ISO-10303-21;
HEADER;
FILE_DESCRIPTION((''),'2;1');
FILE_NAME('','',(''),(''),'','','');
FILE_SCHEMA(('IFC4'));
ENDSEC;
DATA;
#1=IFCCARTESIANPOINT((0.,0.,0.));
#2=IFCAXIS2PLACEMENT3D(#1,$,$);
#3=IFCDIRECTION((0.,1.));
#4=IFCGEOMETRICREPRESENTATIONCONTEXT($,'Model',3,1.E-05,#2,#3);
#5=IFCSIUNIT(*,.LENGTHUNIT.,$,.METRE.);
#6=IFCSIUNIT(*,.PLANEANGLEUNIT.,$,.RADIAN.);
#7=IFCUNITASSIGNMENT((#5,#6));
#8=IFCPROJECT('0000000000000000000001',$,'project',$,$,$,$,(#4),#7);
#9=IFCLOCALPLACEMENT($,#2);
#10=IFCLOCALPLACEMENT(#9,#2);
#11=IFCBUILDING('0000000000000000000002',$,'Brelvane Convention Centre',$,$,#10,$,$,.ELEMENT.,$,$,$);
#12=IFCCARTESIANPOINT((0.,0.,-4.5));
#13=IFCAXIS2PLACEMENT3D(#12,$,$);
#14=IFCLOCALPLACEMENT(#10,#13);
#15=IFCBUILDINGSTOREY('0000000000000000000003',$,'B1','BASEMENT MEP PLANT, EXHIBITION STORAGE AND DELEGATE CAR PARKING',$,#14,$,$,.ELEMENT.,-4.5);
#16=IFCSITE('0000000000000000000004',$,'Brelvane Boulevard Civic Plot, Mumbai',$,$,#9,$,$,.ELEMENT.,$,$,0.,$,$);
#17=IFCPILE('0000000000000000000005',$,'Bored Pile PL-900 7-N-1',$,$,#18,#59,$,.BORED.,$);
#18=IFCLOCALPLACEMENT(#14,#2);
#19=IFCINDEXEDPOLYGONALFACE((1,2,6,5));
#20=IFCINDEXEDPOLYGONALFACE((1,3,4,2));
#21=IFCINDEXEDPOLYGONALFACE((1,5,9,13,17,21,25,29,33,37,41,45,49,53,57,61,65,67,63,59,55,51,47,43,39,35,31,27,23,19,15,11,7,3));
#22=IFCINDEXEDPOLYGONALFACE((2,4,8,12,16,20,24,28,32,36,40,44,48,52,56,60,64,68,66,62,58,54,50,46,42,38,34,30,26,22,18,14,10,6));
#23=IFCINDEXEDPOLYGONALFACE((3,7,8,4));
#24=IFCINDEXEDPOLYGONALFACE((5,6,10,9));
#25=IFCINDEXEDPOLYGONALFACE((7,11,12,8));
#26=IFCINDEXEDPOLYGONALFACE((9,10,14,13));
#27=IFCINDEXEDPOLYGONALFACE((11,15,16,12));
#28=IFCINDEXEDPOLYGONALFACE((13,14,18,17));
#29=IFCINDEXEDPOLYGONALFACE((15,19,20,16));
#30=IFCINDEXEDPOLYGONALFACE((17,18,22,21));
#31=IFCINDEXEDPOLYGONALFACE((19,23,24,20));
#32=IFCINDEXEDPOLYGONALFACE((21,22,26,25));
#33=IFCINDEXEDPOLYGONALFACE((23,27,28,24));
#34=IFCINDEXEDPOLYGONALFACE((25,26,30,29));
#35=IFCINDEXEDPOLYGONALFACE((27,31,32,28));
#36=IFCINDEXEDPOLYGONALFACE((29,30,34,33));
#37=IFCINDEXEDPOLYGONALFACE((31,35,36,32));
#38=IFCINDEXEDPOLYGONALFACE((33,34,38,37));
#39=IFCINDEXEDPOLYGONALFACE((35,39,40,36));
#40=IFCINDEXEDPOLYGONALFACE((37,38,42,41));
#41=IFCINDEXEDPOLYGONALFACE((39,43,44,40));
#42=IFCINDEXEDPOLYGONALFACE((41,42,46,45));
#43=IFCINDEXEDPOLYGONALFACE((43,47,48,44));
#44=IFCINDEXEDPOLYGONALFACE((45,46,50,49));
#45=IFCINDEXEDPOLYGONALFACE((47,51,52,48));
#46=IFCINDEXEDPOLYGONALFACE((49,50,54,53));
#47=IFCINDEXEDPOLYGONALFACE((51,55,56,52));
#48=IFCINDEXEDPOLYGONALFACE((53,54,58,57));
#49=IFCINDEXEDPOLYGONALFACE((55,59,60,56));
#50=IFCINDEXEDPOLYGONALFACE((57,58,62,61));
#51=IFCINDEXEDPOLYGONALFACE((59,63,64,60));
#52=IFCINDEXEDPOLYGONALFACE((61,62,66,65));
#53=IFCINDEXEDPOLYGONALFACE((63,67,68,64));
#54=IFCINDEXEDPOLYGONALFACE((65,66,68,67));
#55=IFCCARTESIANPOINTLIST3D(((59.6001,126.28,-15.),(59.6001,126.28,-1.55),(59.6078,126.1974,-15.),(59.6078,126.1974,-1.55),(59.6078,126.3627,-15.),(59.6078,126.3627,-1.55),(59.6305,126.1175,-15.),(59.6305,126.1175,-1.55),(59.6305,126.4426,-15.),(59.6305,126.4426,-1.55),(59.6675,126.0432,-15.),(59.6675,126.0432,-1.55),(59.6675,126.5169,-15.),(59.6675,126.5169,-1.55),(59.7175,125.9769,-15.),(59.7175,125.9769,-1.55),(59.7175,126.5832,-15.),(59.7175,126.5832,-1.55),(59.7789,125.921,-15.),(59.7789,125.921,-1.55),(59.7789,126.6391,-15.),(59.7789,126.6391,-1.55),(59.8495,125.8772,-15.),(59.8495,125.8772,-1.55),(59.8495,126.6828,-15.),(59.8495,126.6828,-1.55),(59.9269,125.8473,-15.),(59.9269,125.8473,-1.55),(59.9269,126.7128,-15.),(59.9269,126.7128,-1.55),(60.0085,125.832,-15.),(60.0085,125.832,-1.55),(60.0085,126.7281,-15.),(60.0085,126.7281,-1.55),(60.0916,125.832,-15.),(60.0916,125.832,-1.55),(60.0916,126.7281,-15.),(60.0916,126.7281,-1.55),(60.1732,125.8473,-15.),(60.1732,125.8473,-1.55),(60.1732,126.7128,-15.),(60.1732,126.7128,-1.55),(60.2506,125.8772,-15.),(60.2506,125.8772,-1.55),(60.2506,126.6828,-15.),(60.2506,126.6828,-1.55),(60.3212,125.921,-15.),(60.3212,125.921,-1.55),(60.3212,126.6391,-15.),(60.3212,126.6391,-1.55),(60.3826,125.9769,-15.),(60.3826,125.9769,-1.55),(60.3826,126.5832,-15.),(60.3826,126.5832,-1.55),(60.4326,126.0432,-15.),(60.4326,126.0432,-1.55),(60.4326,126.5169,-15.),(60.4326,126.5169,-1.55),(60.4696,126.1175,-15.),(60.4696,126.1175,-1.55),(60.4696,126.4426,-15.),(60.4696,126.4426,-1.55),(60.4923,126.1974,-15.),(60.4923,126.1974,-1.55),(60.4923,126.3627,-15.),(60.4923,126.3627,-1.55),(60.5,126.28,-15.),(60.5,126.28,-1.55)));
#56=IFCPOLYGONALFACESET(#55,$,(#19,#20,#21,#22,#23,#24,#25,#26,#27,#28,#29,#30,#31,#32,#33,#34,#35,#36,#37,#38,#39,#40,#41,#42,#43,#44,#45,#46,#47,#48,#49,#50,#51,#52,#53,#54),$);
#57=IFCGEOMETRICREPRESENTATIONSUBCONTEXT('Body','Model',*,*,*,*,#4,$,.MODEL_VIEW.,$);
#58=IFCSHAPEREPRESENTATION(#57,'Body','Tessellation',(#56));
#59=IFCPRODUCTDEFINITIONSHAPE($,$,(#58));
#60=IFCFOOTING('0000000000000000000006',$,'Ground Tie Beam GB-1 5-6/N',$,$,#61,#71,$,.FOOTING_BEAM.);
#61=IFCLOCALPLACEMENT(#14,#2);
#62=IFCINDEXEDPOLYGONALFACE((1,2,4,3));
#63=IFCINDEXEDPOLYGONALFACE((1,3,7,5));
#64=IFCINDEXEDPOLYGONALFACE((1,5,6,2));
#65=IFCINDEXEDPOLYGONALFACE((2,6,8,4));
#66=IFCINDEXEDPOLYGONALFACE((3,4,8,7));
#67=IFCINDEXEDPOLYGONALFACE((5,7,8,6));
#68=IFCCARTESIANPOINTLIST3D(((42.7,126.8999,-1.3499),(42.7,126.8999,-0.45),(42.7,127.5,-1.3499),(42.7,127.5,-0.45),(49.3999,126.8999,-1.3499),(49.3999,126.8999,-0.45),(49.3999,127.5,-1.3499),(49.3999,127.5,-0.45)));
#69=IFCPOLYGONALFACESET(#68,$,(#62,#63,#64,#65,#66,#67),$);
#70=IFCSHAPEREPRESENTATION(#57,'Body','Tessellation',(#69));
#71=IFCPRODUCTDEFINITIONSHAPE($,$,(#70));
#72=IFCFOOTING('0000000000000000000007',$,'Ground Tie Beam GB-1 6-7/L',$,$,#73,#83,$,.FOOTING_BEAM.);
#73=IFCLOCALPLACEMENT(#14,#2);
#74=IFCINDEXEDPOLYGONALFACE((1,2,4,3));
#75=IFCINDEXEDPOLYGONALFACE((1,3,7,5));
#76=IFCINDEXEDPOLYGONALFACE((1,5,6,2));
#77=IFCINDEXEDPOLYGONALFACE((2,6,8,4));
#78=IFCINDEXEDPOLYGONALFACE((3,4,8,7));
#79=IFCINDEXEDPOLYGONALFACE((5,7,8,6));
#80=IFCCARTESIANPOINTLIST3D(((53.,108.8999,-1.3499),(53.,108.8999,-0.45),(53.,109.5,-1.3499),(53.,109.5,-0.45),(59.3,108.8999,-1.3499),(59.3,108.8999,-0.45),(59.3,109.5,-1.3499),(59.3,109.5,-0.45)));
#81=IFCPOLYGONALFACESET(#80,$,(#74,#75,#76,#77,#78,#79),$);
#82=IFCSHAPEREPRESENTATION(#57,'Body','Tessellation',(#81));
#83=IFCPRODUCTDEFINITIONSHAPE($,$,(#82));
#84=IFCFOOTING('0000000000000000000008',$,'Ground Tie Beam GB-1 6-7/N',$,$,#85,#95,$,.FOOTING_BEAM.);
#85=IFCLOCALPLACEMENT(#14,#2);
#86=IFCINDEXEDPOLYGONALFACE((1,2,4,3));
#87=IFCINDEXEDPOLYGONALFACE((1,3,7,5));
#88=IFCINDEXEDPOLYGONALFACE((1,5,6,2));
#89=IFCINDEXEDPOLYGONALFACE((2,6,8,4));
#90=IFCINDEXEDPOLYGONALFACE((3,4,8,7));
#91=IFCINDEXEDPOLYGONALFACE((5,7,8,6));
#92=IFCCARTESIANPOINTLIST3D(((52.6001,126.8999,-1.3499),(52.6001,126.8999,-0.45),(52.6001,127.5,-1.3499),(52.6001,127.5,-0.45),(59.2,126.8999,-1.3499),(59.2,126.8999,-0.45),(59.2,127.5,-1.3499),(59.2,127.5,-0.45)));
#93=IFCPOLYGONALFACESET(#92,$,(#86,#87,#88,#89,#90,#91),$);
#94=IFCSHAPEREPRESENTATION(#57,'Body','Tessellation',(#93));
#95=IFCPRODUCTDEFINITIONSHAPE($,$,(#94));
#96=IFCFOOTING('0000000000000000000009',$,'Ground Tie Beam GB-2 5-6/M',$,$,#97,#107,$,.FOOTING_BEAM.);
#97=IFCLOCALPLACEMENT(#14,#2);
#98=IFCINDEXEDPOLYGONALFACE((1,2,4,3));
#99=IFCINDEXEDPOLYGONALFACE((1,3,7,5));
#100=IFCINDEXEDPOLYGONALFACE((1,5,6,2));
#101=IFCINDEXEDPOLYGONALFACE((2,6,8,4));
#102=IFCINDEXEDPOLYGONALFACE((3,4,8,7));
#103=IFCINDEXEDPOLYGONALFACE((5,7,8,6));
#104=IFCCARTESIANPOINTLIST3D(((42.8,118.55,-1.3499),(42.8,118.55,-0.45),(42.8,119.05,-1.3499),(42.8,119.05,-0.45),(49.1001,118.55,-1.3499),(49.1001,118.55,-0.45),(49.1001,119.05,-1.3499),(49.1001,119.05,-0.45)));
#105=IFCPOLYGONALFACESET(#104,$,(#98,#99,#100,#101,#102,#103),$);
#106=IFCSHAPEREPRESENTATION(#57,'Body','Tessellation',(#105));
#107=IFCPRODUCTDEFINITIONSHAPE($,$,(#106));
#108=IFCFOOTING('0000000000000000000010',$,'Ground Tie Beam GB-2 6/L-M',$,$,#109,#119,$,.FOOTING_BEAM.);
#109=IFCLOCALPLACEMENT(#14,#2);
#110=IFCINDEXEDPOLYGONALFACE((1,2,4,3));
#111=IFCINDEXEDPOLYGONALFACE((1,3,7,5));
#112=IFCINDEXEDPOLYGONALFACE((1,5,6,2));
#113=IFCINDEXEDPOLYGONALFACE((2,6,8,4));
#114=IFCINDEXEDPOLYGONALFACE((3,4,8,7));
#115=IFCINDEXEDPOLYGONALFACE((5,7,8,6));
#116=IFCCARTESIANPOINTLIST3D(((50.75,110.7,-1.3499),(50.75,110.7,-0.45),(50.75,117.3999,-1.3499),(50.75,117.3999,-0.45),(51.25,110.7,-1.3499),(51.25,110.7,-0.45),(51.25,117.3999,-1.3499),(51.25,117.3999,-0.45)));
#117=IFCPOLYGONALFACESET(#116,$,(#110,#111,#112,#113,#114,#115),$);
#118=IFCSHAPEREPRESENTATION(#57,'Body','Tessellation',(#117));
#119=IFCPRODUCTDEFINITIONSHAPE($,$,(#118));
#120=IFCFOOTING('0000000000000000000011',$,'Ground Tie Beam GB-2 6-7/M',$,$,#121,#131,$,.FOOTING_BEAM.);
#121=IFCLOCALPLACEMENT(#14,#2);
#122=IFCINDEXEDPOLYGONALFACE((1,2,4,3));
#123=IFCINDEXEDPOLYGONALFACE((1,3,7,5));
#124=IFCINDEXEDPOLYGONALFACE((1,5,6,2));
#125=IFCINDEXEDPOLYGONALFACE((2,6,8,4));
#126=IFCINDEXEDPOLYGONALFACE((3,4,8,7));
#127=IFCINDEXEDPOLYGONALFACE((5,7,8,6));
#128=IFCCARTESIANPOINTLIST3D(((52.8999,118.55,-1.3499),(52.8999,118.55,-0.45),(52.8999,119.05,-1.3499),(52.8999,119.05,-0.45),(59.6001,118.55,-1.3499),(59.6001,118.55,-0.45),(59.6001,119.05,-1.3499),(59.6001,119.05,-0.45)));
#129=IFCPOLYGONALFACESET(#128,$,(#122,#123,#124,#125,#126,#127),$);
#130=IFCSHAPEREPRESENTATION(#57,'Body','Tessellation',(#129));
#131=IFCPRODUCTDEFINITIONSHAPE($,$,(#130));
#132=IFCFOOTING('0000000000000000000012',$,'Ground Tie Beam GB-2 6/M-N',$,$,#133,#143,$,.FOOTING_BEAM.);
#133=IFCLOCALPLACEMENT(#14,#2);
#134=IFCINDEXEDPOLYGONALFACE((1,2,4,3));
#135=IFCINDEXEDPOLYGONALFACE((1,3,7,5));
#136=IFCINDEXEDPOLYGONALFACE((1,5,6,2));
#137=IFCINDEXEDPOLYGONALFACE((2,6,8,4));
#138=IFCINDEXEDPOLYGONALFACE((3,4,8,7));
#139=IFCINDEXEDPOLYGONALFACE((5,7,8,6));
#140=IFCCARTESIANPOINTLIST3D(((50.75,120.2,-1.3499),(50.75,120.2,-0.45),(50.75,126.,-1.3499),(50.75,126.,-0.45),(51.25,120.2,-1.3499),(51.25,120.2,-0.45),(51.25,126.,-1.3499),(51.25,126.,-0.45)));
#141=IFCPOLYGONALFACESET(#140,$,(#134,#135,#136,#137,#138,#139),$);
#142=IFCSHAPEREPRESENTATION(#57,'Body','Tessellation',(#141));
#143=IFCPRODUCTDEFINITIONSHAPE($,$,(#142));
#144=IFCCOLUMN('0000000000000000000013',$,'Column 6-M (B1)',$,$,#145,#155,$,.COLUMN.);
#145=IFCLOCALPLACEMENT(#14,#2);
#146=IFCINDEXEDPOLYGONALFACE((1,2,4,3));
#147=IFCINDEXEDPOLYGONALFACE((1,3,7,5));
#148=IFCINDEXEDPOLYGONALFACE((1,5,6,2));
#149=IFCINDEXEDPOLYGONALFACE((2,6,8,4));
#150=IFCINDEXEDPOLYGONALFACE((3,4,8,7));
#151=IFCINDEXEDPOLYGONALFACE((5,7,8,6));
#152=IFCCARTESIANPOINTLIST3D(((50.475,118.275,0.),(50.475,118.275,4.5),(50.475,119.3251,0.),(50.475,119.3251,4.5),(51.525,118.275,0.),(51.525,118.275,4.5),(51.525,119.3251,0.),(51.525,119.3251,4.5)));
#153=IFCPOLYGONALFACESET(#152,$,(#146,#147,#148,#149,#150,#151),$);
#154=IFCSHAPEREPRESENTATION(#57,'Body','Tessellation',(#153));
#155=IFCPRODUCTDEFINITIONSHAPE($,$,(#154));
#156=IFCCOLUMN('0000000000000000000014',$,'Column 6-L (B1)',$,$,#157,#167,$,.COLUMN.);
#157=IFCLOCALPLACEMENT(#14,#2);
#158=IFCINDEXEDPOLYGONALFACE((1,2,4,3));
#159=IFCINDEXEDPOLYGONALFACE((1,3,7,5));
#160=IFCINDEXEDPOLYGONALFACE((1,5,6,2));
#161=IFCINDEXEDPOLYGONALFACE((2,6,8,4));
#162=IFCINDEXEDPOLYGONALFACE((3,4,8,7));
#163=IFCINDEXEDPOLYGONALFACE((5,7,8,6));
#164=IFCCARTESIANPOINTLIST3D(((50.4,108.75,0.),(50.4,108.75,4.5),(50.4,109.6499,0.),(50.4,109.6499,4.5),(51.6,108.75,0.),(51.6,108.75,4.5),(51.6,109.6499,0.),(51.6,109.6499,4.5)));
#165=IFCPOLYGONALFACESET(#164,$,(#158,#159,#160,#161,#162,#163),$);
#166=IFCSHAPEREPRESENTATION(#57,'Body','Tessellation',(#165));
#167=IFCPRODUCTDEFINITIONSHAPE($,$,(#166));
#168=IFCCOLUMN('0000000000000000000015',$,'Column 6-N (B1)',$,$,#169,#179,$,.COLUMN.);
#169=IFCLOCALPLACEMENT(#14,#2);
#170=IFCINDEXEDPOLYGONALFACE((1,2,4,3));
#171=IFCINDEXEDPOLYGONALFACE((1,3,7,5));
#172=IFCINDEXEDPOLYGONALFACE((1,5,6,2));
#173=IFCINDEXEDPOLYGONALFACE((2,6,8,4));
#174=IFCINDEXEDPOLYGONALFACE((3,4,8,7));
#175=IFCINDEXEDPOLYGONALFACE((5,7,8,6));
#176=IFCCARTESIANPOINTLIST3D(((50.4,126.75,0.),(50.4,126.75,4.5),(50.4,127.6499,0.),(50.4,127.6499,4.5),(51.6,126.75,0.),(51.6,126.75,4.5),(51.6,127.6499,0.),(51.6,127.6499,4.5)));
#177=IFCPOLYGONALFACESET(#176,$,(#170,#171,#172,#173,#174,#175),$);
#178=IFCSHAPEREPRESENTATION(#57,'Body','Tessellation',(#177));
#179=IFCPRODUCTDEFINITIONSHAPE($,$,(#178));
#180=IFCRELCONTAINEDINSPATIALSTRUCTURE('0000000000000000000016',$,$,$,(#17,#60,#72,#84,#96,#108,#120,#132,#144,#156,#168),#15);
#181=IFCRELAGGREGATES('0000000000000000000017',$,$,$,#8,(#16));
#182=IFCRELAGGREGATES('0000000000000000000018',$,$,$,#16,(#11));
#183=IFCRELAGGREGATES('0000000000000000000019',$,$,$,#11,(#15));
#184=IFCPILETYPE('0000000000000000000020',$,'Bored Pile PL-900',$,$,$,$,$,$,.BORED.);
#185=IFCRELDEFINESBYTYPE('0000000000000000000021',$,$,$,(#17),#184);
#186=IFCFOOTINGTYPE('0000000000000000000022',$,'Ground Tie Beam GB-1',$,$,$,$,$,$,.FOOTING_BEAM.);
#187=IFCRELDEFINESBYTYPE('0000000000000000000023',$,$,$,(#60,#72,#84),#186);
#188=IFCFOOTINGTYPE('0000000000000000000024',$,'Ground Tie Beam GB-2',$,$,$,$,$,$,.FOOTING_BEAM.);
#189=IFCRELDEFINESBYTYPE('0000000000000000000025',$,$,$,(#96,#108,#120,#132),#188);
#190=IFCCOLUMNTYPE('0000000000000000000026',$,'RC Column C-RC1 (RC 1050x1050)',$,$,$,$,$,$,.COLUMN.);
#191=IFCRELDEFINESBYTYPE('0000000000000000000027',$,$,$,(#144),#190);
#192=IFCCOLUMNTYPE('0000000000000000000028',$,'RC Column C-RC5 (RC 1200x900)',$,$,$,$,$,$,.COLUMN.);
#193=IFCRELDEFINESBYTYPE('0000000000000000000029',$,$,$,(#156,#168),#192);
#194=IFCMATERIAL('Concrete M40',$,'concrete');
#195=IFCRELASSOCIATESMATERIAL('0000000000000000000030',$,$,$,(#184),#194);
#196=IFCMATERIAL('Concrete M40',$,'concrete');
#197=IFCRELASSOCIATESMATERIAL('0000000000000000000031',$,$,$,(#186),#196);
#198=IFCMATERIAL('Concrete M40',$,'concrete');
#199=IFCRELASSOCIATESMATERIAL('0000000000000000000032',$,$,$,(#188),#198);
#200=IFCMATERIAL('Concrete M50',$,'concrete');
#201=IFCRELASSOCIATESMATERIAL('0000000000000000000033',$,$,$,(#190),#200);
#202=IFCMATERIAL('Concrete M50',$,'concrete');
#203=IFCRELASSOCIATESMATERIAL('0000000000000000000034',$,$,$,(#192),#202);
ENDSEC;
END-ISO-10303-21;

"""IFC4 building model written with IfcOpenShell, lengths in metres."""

from ifc_helpers import new_model, si_unit, direction, frame, origin, origin_2d, place, context, subcontext, project, spatial, rectangle, circle, extrude, material, material_profile, profile_set, type_object, element, save


model = new_model("IFC4")

# Units and contexts
model_context = context("Model", 3, precision=1e-05, world=origin(), true_north=direction((0.0, 1.0)))
body_context = subcontext(model_context, "Body", "Model", "MODEL_VIEW")
ifc_project = project(units=[si_unit("LENGTHUNIT", "METRE"), si_unit("PLANEANGLEUNIT", "RADIAN")], contexts=[model_context])

# Site, building, storey
site_placement = place(None, origin())
site = spatial("IfcSite", under=ifc_project, at=site_placement, Name="Brelvane Boulevard Civic Plot, Mumbai", CompositionType="ELEMENT", RefElevation=0.0)
building_placement = place(site_placement, origin())
building = spatial("IfcBuilding", under=site, at=building_placement, Name="Brelvane Convention Centre", CompositionType="ELEMENT")
storey_placement = place(building_placement, frame((0.0, 0.0, -4.5)))
storey = spatial("IfcBuildingStorey", under=building, at=storey_placement, Name="B1", Description="BASEMENT MEP PLANT, EXHIBITION STORAGE AND DELEGATE CAR PARKING", CompositionType="ELEMENT", Elevation=-4.5)

# Pile
ifc_material_1 = material(Name="Concrete M40", Category="concrete")
ifc_material_profile_1 = material_profile(ifc_material_1, circle(Radius=0.45, at=origin_2d()), Name="PILE D900")
ifc_profile_set_1 = profile_set([ifc_material_profile_1], Name="Concrete M40")
pile_type = type_object("IfcPileType", Name="Bored Pile PL-900", PredefinedType="BORED", material=ifc_profile_set_1)
pile_1_placement = place(storey_placement, frame((60.05, 126.28, -1.55), z_axis=(0.0, 0.0, -1.0), x_axis=(1.0, 0.0, 0.0)))
element("IfcPile", 1, at=pile_1_placement, inside=storey, type_object=pile_type, Name="Bored Pile PL-900 7-N-1", PredefinedType="BORED", context=body_context, shape_type="SweptSolid", body=[
    extrude(circle(Radius=0.45, at=origin_2d()), origin(), (0.0, 0.0, 1.0), 13.45),
])

# Footings
ifc_material_2 = material(Name="Concrete M40", Category="concrete")
ifc_material_profile_2 = material_profile(ifc_material_2, rectangle(XDim=0.6001, YDim=0.8999, at=origin_2d()), Name="RC 600x900")
ifc_profile_set_2 = profile_set([ifc_material_profile_2], Name="Concrete M40")
footing_type_1 = type_object("IfcFootingType", Name="Ground Tie Beam GB-1", PredefinedType="FOOTING_BEAM", material=ifc_profile_set_2)
footing_1_placement = place(storey_placement, frame((42.7, 127.2, -0.8999), z_axis=(1.0, 0.0, 0.0), x_axis=(0.0, 1.0, 0.0)))
element("IfcFooting", 2, at=footing_1_placement, inside=storey, type_object=footing_type_1, Name="Ground Tie Beam GB-1 5-6/N", PredefinedType="FOOTING_BEAM", context=body_context, shape_type="SweptSolid", body=[
    extrude(rectangle(XDim=0.6001, YDim=0.8999, at=origin_2d()), origin(), (0.0, 0.0, 1.0), 6.7),
])
footing_2_placement = place(storey_placement, frame((53.0, 109.2, -0.8999), z_axis=(1.0, 0.0, 0.0), x_axis=(0.0, 1.0, 0.0)))
element("IfcFooting", 3, at=footing_2_placement, inside=storey, type_object=footing_type_1, Name="Ground Tie Beam GB-1 6-7/L", PredefinedType="FOOTING_BEAM", context=body_context, shape_type="SweptSolid", body=[
    extrude(rectangle(XDim=0.6001, YDim=0.8999, at=origin_2d()), origin(), (0.0, 0.0, 1.0), 6.3),
])
footing_3_placement = place(storey_placement, frame((52.6001, 127.2, -0.8999), z_axis=(1.0, 0.0, 0.0), x_axis=(0.0, 1.0, 0.0)))
element("IfcFooting", 4, at=footing_3_placement, inside=storey, type_object=footing_type_1, Name="Ground Tie Beam GB-1 6-7/N", PredefinedType="FOOTING_BEAM", context=body_context, shape_type="SweptSolid", body=[
    extrude(rectangle(XDim=0.6001, YDim=0.8999, at=origin_2d()), origin(), (0.0, 0.0, 1.0), 6.5999),
])
ifc_material_3 = material(Name="Concrete M40", Category="concrete")
ifc_material_profile_3 = material_profile(ifc_material_3, rectangle(XDim=0.5, YDim=0.8999, at=origin_2d()), Name="RC 500x900")
ifc_profile_set_3 = profile_set([ifc_material_profile_3], Name="Concrete M40")
footing_type_2 = type_object("IfcFootingType", Name="Ground Tie Beam GB-2", PredefinedType="FOOTING_BEAM", material=ifc_profile_set_3)
footing_4_placement = place(storey_placement, frame((42.8, 118.8, -0.8999), z_axis=(1.0, 0.0, 0.0), x_axis=(0.0, 1.0, 0.0)))
element("IfcFooting", 5, at=footing_4_placement, inside=storey, type_object=footing_type_2, Name="Ground Tie Beam GB-2 5-6/M", PredefinedType="FOOTING_BEAM", context=body_context, shape_type="SweptSolid", body=[
    extrude(rectangle(XDim=0.5, YDim=0.8999, at=origin_2d()), origin(), (0.0, 0.0, 1.0), 6.3),
])
footing_5_placement = place(storey_placement, frame((51.0, 110.7, -0.8999), z_axis=(0.0, 1.0, 0.0), x_axis=(-1.0, 0.0, 0.0)))
element("IfcFooting", 6, at=footing_5_placement, inside=storey, type_object=footing_type_2, Name="Ground Tie Beam GB-2 6/L-M", PredefinedType="FOOTING_BEAM", context=body_context, shape_type="SweptSolid", body=[
    extrude(rectangle(XDim=0.5, YDim=0.8999, at=origin_2d()), origin(), (0.0, 0.0, 1.0), 6.7),
])
footing_6_placement = place(storey_placement, frame((52.8999, 118.8, -0.8999), z_axis=(1.0, 0.0, 0.0), x_axis=(0.0, 1.0, 0.0)))
element("IfcFooting", 7, at=footing_6_placement, inside=storey, type_object=footing_type_2, Name="Ground Tie Beam GB-2 6-7/M", PredefinedType="FOOTING_BEAM", context=body_context, shape_type="SweptSolid", body=[
    extrude(rectangle(XDim=0.5, YDim=0.8999, at=origin_2d()), origin(), (0.0, 0.0, 1.0), 6.7002),
])
footing_7_placement = place(storey_placement, frame((51.0, 120.2, -0.8999), z_axis=(0.0, 1.0, 0.0), x_axis=(-1.0, 0.0, 0.0)))
element("IfcFooting", 8, at=footing_7_placement, inside=storey, type_object=footing_type_2, Name="Ground Tie Beam GB-2 6/M-N", PredefinedType="FOOTING_BEAM", context=body_context, shape_type="SweptSolid", body=[
    extrude(rectangle(XDim=0.5, YDim=0.8999, at=origin_2d()), origin(), (0.0, 0.0, 1.0), 5.8),
])

# Columns
ifc_material_4 = material(Name="Concrete M50", Category="concrete")
ifc_material_profile_4 = material_profile(ifc_material_4, rectangle(XDim=1.05, YDim=1.05, at=origin_2d()), Name="RC 1050x1050")
ifc_profile_set_4 = profile_set([ifc_material_profile_4], Name="Concrete M50")
column_type_1 = type_object("IfcColumnType", Name="RC Column C-RC1 (RC 1050x1050)", PredefinedType="COLUMN", material=ifc_profile_set_4)
column_placement = place(storey_placement, frame((51.0, 118.8, 0.0), z_axis=(0.0, 0.0, 1.0), x_axis=(1.0, 0.0, 0.0)))
element("IfcColumn", 9, at=column_placement, inside=storey, type_object=column_type_1, Name="Column 6-M (B1)", PredefinedType="COLUMN", context=body_context, shape_type="SweptSolid", body=[
    extrude(rectangle(XDim=1.05, YDim=1.05, at=origin_2d()), origin(), (0.0, 0.0, 1.0), 4.5),
])
ifc_material_5 = material(Name="Concrete M50", Category="concrete")
ifc_material_profile_5 = material_profile(ifc_material_5, rectangle(XDim=1.2, YDim=0.8999, at=origin_2d()), Name="RC 1200x900")
ifc_profile_set_5 = profile_set([ifc_material_profile_5], Name="Concrete M50")
column_type_2 = type_object("IfcColumnType", Name="RC Column C-RC5 (RC 1200x900)", PredefinedType="COLUMN", material=ifc_profile_set_5)
for number, where, z_axis, x_axis, name in (
    (10, (51.0, 109.2, 0.0), (0.0, 0.0, 1.0), (1.0, 0.0, 0.0), "Column 6-L (B1)"),
    (11, (51.0, 127.2, 0.0), (0.0, 0.0, 1.0), (1.0, 0.0, 0.0), "Column 6-N (B1)"),
):
    element("IfcColumn", number, at=place(storey_placement, frame(where, z_axis=z_axis, x_axis=x_axis)), inside=storey, type_object=column_type_2, Name=name, PredefinedType="COLUMN", context=body_context, shape_type="SweptSolid", body=[
        extrude(rectangle(XDim=1.2, YDim=0.8999, at=origin_2d()), origin(), (0.0, 0.0, 1.0), 4.5),
    ])

save(model, "model.ifc")
